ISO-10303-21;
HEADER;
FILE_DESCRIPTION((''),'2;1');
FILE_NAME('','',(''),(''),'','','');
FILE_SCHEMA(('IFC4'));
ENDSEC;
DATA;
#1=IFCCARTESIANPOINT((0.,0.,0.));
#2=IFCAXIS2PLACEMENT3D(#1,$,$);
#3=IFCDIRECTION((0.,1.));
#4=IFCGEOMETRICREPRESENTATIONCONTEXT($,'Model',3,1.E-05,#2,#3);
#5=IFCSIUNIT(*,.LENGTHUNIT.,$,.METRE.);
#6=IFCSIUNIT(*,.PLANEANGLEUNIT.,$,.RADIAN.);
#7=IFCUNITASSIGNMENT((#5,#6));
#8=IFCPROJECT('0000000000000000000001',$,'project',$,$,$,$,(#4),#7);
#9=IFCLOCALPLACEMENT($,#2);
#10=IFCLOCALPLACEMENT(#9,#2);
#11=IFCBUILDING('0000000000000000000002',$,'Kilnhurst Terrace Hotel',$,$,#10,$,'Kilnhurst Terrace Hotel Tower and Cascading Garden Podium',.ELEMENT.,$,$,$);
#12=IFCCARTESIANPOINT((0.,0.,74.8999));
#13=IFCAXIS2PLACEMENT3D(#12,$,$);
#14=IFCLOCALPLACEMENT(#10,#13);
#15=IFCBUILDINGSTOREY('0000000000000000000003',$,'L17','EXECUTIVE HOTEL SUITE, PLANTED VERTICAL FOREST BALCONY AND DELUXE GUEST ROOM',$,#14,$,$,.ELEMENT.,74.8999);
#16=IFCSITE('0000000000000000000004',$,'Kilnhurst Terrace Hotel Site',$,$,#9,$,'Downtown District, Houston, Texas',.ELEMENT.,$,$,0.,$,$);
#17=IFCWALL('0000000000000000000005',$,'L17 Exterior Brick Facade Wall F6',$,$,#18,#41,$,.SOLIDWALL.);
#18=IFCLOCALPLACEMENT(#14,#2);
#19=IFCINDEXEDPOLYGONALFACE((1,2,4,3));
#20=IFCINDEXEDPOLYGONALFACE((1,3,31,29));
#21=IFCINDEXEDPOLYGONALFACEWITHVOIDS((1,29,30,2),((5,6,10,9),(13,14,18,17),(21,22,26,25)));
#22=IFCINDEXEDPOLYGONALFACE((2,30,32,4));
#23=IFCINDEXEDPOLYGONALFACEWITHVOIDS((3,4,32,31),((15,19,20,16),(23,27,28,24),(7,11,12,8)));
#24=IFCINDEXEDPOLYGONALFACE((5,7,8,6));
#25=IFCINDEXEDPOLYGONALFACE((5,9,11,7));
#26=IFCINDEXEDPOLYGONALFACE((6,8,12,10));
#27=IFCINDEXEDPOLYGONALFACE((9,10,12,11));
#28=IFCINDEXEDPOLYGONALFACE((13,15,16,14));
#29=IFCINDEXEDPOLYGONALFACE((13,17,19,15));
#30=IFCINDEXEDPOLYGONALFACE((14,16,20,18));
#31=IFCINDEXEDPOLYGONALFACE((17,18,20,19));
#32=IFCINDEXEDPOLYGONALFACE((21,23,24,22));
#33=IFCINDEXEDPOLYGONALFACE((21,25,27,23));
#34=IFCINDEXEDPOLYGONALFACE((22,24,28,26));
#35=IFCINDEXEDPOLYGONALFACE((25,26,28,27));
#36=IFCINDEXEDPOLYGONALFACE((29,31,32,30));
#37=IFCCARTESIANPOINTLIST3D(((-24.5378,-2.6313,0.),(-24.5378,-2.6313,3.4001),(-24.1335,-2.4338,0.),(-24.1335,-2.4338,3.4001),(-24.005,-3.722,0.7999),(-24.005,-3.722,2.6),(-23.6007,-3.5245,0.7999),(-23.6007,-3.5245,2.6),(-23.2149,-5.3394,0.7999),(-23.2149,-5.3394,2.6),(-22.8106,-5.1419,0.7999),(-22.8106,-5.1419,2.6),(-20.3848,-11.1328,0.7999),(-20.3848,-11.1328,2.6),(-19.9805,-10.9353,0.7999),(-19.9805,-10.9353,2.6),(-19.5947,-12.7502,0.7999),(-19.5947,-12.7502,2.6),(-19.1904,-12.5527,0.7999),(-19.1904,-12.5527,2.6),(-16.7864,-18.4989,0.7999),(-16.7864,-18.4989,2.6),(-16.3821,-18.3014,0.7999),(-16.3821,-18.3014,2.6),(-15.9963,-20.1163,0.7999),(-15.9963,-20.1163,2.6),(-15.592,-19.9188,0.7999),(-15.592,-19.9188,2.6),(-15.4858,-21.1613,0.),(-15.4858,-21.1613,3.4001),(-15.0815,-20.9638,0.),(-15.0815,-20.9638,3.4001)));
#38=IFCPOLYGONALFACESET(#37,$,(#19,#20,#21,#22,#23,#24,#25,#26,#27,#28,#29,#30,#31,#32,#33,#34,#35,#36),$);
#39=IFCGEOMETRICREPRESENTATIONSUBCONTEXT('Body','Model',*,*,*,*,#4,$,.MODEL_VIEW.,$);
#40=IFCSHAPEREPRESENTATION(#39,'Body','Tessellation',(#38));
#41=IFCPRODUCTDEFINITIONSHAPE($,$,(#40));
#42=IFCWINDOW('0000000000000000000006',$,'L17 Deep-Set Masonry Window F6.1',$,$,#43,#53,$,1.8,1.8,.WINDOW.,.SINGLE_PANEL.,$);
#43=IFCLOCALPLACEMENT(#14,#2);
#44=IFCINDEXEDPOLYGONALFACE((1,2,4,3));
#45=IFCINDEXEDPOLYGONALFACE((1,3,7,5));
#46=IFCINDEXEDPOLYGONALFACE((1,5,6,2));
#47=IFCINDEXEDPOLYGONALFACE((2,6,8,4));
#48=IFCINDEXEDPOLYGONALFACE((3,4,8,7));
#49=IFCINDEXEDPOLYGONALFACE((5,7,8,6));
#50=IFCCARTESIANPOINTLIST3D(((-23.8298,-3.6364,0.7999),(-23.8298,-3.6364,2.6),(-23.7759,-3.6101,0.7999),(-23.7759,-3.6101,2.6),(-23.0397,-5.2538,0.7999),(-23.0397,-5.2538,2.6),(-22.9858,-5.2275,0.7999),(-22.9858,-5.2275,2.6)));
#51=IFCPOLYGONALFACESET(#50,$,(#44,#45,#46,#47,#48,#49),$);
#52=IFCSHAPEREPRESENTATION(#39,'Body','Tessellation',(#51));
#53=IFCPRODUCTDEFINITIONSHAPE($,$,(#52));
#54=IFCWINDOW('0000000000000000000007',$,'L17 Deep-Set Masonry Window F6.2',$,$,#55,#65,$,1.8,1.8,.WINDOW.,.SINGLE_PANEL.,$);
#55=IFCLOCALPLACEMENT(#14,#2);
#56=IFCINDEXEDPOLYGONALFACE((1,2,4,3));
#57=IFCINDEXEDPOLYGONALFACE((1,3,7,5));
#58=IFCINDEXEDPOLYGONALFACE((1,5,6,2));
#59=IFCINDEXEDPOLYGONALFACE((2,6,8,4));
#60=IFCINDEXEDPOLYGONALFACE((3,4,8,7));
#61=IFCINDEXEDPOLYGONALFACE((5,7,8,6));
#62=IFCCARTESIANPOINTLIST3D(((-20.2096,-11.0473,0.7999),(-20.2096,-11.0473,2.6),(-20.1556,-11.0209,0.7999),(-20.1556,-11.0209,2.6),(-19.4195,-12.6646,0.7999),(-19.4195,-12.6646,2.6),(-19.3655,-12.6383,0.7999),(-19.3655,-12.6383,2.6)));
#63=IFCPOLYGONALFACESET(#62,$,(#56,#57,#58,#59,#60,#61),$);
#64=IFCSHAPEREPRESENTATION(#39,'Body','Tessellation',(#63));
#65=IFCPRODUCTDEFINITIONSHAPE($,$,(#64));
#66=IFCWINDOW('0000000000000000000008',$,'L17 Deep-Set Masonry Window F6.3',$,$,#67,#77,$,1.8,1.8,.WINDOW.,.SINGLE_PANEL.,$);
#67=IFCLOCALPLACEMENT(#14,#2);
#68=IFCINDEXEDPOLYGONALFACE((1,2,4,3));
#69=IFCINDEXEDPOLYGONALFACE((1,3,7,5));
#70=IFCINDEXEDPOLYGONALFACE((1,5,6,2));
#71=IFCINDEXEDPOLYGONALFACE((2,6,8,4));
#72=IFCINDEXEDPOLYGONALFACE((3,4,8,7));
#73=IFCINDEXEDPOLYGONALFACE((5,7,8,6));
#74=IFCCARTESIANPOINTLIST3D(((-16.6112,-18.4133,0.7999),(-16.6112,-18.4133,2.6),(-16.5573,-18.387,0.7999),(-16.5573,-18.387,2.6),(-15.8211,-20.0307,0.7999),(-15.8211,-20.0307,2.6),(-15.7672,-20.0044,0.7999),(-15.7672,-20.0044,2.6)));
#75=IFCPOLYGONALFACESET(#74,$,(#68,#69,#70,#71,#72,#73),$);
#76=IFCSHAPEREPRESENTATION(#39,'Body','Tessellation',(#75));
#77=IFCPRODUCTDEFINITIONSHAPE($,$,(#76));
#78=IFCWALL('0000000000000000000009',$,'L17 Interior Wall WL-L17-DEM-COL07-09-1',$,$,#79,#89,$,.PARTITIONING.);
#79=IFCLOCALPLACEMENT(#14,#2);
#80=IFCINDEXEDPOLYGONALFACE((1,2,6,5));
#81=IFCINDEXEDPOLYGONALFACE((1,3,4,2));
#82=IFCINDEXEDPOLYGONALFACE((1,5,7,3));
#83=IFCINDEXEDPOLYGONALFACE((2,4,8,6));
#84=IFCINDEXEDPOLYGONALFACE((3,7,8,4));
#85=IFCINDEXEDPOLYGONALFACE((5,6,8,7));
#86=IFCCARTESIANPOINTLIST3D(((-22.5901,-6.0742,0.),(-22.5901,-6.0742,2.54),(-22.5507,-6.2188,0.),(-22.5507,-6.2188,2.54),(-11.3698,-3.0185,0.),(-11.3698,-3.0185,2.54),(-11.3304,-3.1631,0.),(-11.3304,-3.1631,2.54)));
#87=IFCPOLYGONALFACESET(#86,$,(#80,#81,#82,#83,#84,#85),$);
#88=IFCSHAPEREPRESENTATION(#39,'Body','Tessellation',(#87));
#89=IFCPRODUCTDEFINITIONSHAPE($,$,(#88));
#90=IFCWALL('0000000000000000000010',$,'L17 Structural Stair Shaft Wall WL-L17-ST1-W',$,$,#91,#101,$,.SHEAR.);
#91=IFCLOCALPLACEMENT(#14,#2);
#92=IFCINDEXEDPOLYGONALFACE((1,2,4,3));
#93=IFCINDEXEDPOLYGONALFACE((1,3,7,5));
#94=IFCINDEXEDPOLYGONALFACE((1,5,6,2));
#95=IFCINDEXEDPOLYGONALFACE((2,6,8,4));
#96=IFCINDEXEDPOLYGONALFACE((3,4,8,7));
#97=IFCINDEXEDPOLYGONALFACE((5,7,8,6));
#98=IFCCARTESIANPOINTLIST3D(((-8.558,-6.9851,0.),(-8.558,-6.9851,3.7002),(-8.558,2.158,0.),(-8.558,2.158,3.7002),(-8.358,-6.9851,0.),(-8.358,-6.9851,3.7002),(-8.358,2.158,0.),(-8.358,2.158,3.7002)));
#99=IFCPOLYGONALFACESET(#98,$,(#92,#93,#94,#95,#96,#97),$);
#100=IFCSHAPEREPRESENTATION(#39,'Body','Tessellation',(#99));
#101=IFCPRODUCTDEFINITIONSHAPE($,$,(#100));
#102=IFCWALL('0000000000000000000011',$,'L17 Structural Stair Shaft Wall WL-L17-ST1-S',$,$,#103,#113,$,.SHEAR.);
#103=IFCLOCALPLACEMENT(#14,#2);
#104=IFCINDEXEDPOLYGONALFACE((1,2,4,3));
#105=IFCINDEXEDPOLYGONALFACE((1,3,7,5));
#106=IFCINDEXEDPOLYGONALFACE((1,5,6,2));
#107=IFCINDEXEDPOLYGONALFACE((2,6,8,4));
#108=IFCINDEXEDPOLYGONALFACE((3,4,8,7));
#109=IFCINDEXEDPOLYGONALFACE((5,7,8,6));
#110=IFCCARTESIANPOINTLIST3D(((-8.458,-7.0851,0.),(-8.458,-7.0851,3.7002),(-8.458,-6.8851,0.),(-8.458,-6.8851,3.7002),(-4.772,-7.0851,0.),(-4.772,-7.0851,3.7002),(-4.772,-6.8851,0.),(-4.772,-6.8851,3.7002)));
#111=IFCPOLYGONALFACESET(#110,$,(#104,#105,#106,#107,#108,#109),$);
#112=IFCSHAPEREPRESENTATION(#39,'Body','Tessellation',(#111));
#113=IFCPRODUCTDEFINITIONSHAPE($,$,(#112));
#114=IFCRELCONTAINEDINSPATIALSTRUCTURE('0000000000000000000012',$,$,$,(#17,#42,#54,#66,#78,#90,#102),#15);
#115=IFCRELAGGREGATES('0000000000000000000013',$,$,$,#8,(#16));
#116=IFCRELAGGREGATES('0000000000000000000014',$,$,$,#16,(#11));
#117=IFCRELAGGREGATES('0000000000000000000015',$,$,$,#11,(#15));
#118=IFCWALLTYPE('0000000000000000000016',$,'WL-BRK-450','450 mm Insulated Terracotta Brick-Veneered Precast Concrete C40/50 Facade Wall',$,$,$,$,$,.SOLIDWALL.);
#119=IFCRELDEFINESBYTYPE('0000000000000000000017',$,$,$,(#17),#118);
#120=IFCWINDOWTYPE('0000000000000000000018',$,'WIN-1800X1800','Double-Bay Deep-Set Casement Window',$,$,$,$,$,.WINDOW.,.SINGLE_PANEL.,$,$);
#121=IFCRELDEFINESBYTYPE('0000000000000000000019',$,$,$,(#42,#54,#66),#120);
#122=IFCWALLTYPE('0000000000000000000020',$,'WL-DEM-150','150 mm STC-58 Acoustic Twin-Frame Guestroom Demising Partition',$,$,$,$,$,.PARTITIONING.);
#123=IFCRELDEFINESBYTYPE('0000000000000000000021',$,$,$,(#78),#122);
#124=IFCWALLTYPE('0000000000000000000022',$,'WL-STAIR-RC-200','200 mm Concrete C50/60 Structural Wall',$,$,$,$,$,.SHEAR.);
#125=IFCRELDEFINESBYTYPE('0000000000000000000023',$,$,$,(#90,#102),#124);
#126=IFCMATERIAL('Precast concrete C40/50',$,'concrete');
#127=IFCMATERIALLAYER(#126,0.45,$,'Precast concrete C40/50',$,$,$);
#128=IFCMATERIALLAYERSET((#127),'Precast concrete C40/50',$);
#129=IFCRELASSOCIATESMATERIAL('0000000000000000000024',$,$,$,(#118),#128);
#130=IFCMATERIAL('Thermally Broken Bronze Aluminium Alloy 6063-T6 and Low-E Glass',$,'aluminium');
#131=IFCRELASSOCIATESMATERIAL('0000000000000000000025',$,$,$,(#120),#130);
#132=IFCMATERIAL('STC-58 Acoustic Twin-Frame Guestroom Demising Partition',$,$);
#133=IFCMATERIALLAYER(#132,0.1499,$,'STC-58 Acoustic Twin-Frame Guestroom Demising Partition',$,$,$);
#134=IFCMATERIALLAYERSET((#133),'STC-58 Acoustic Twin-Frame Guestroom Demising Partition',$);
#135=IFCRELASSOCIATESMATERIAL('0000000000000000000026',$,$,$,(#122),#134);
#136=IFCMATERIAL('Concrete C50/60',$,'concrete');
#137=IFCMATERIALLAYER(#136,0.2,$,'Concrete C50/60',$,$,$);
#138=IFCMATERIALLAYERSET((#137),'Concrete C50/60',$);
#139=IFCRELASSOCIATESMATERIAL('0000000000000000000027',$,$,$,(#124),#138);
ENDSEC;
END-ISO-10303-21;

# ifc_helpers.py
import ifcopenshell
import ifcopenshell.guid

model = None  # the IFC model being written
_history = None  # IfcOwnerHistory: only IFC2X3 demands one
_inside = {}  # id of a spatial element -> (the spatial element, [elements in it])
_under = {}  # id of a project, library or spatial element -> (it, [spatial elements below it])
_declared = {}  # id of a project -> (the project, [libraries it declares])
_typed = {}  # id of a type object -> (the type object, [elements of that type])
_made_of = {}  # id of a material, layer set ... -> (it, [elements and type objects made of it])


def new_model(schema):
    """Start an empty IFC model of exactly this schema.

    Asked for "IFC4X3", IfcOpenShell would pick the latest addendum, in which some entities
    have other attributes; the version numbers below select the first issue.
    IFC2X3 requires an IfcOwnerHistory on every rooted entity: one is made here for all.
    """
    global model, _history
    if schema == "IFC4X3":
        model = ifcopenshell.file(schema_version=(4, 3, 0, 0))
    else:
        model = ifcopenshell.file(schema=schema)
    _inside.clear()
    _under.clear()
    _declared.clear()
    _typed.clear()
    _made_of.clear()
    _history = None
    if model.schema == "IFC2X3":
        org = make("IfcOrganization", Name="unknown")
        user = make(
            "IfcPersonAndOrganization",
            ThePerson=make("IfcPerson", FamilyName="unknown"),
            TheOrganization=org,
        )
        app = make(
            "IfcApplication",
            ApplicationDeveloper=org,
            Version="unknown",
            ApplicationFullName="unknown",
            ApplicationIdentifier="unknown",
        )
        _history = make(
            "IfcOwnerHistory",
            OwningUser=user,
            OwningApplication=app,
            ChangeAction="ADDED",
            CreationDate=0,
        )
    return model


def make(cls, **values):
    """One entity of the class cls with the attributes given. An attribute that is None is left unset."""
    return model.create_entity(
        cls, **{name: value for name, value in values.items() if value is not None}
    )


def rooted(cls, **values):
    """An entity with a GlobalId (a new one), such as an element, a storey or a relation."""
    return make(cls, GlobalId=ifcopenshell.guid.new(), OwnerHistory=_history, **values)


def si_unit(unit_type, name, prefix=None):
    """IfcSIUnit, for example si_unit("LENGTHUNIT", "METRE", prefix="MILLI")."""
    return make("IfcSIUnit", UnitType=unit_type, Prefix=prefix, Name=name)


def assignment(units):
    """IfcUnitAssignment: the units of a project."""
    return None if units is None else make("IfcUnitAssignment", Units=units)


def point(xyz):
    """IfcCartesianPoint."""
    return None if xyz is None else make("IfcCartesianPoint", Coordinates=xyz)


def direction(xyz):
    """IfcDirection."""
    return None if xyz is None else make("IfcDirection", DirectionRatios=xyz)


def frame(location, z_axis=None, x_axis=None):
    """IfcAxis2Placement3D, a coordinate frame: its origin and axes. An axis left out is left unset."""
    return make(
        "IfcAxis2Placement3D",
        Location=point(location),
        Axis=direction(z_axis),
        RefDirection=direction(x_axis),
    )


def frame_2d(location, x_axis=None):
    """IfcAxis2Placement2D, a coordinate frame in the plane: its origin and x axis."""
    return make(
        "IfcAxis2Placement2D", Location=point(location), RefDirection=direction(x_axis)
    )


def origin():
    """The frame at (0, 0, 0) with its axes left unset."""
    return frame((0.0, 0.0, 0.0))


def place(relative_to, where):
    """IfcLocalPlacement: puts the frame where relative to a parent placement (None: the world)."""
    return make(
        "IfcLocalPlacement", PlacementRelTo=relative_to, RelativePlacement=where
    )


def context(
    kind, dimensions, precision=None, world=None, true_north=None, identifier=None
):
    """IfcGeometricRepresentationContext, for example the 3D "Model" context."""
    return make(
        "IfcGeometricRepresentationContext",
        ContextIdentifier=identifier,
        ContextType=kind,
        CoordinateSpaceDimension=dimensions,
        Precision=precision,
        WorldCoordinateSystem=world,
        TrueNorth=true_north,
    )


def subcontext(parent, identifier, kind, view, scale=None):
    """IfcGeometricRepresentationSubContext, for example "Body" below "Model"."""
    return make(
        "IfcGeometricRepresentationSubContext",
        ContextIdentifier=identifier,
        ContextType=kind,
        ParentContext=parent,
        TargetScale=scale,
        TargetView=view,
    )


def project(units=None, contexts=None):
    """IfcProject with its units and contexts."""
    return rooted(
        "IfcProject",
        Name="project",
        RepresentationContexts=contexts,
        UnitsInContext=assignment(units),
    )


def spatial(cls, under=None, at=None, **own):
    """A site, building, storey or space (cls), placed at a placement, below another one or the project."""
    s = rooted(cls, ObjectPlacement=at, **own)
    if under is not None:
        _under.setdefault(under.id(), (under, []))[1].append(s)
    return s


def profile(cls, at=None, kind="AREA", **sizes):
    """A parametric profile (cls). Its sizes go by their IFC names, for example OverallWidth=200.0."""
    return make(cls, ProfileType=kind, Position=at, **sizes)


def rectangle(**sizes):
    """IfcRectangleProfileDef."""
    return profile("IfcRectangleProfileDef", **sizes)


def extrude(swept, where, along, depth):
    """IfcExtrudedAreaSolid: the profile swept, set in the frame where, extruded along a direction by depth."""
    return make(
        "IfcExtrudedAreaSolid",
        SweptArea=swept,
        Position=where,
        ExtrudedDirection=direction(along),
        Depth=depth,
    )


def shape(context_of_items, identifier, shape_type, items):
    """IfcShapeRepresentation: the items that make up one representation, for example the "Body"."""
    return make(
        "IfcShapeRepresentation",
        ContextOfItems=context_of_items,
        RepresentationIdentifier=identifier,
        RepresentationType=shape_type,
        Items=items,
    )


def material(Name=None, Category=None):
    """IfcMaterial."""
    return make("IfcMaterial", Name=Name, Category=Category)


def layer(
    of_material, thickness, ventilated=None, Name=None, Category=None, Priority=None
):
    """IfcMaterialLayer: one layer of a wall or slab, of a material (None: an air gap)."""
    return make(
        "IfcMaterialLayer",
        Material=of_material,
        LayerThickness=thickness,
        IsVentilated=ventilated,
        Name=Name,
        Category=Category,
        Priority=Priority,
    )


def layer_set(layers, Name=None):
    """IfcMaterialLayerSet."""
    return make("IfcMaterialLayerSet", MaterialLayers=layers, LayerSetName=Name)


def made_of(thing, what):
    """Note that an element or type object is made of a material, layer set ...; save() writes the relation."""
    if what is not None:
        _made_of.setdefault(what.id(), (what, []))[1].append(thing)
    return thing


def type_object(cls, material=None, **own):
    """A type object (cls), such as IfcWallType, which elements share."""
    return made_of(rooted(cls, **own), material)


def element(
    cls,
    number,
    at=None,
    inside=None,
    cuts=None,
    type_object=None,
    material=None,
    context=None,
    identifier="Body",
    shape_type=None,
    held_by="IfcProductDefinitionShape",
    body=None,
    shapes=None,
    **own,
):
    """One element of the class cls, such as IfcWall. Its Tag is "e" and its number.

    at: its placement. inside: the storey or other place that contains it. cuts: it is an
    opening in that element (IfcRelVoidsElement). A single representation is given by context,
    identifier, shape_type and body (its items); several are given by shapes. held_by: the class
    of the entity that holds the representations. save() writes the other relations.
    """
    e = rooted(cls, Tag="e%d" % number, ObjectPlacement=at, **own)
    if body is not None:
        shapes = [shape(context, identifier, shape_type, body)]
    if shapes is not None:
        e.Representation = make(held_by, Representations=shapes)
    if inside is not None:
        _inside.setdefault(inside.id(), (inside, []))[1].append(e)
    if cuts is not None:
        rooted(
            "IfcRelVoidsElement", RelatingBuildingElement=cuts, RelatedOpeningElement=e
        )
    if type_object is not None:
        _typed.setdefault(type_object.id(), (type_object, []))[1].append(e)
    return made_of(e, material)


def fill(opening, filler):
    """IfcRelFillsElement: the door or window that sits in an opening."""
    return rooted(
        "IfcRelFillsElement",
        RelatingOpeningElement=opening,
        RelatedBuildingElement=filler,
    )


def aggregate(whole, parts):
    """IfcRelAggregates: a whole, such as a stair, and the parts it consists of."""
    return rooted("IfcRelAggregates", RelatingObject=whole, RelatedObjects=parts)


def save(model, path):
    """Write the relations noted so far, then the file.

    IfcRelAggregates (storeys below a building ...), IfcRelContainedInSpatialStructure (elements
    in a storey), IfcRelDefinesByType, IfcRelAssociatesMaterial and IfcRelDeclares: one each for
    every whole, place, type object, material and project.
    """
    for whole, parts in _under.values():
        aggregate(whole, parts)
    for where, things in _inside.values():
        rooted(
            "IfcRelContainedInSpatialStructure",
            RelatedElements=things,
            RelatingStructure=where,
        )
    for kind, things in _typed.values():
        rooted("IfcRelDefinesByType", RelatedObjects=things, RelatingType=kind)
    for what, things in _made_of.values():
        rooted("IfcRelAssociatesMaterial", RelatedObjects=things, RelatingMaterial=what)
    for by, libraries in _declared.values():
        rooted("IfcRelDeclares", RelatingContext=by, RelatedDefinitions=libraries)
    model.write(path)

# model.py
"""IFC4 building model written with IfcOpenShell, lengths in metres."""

from ifc_helpers import new_model, si_unit, direction, frame, frame_2d, origin, place, context, subcontext, project, spatial, rectangle, extrude, material, layer, layer_set, type_object, element, fill, save


model = new_model("IFC4")

# Units and contexts
model_context = context("Model", 3, precision=1e-05, world=origin(), true_north=direction((0.0, 1.0)))
body_context = subcontext(model_context, "Body", "Model", "MODEL_VIEW")
ifc_project = project(units=[si_unit("LENGTHUNIT", "METRE"), si_unit("PLANEANGLEUNIT", "RADIAN")], contexts=[model_context])

# Site, building, storey
site_placement = place(None, origin())
site = spatial("IfcSite", under=ifc_project, at=site_placement, Name="Kilnhurst Terrace Hotel Site", LongName="Downtown District, Houston, Texas", CompositionType="ELEMENT", RefElevation=0.0)
building_placement = place(site_placement, origin())
building = spatial("IfcBuilding", under=site, at=building_placement, Name="Kilnhurst Terrace Hotel", LongName="Kilnhurst Terrace Hotel Tower and Cascading Garden Podium", CompositionType="ELEMENT")
storey_placement = place(building_placement, frame((0.0, 0.0, 74.8999)))
storey = spatial("IfcBuildingStorey", under=building, at=storey_placement, Name="L17", Description="EXECUTIVE HOTEL SUITE, PLANTED VERTICAL FOREST BALCONY AND DELUXE GUEST ROOM", CompositionType="ELEMENT", Elevation=74.8999)

# Shared definitions
ifc_material_1 = material(Name="Concrete C50/60", Category="concrete")

# Shared definitions
ifc_material_2 = material(Name="Precast concrete C40/50", Category="concrete")
ifc_layer_1 = layer(ifc_material_2, 0.45, Name="Precast concrete C40/50")
ifc_layer_set_1 = layer_set([ifc_layer_1], Name="Precast concrete C40/50")
wall_type_1 = type_object("IfcWallType", Name="WL-BRK-450", Description="450 mm Insulated Terracotta Brick-Veneered Precast Concrete C40/50 Facade Wall", PredefinedType="SOLIDWALL", material=ifc_layer_set_1)

# Wall, openings, windows
wall_1_placement = place(storey_placement, frame((-24.3357, -2.5325, 0.0), z_axis=(0.0, 0.0, 1.0), x_axis=(0.438931, -0.898521, 0.0)))
wall_1 = element("IfcWall", 1, at=wall_1_placement, inside=storey, type_object=wall_type_1, Name="L17 Exterior Brick Facade Wall F6", PredefinedType="SOLIDWALL", context=body_context, shape_type="SweptSolid", body=[
    extrude(rectangle(XDim=20.6228, YDim=0.45, at=frame_2d((10.3115, 0.0))), origin(), (0.0, 0.0, 1.0), 3.4001),
])
opening_1_placement = place(wall_1_placement, frame((1.2141, 0.0, 0.8)))
opening_1 = element("IfcOpeningElement", 2, at=opening_1_placement, cuts=wall_1, PredefinedType="OPENING", context=body_context, shape_type="SweptSolid", body=[
    extrude(rectangle(XDim=1.8, YDim=1.8, at=frame_2d((0.8999, 0.8999))), frame((0.0, 0.2349, 0.0), z_axis=(0.0, -1.0, 0.0), x_axis=(1.0, 0.0, 0.0)), (0.0, 0.0, 1.0), 0.47),
])
opening_2_placement = place(wall_1_placement, frame((9.4619, 0.0, 0.8)))
opening_2 = element("IfcOpeningElement", 3, at=opening_2_placement, cuts=wall_1, PredefinedType="OPENING", context=body_context, shape_type="SweptSolid", body=[
    extrude(rectangle(XDim=1.8, YDim=1.8, at=frame_2d((0.8999, 0.8999))), frame((0.0, 0.2349, 0.0), z_axis=(0.0, -1.0, 0.0), x_axis=(1.0, 0.0, 0.0)), (0.0, 0.0, 1.0), 0.47),
])
opening_3_placement = place(wall_1_placement, frame((17.6599, 0.0, 0.8)))
opening_3 = element("IfcOpeningElement", 4, at=opening_3_placement, cuts=wall_1, PredefinedType="OPENING", context=body_context, shape_type="SweptSolid", body=[
    extrude(rectangle(XDim=1.8, YDim=1.8, at=frame_2d((0.8999, 0.8999))), frame((0.0, 0.2349, 0.0), z_axis=(0.0, -1.0, 0.0), x_axis=(1.0, 0.0, 0.0)), (0.0, 0.0, 1.0), 0.47),
])
ifc_material_3 = material(Name="Thermally Broken Bronze Aluminium Alloy 6063-T6 and Low-E Glass", Category="aluminium")
window_type = type_object("IfcWindowType", Name="WIN-1800X1800", Description="Double-Bay Deep-Set Casement Window", PartitioningType="SINGLE_PANEL", PredefinedType="WINDOW", material=ifc_material_3)
window_1_placement = place(opening_1_placement, origin())
window_1 = element("IfcWindow", 5, at=window_1_placement, inside=storey, type_object=window_type, Name="L17 Deep-Set Masonry Window F6.1", OverallHeight=1.8, OverallWidth=1.8, PartitioningType="SINGLE_PANEL", PredefinedType="WINDOW", context=body_context, shape_type="SweptSolid", body=[
    extrude(rectangle(XDim=1.8, YDim=1.8, at=frame_2d((0.8999, 0.8999))), frame((0.0, 0.03, 0.0), z_axis=(0.0, -1.0, 0.0), x_axis=(1.0, 0.0, 0.0)), (0.0, 0.0, 1.0), 0.0601),
])
fill(opening_1, window_1)
window_2_placement = place(opening_2_placement, origin())
window_2 = element("IfcWindow", 6, at=window_2_placement, inside=storey, type_object=window_type, Name="L17 Deep-Set Masonry Window F6.2", OverallHeight=1.8, OverallWidth=1.8, PartitioningType="SINGLE_PANEL", PredefinedType="WINDOW", context=body_context, shape_type="SweptSolid", body=[
    extrude(rectangle(XDim=1.8, YDim=1.8, at=frame_2d((0.8999, 0.8999))), frame((0.0, 0.03, 0.0), z_axis=(0.0, -1.0, 0.0), x_axis=(1.0, 0.0, 0.0)), (0.0, 0.0, 1.0), 0.0601),
])
fill(opening_2, window_2)
window_3_placement = place(opening_3_placement, origin())
window_3 = element("IfcWindow", 7, at=window_3_placement, inside=storey, type_object=window_type, Name="L17 Deep-Set Masonry Window F6.3", OverallHeight=1.8, OverallWidth=1.8, PartitioningType="SINGLE_PANEL", PredefinedType="WINDOW", context=body_context, shape_type="SweptSolid", body=[
    extrude(rectangle(XDim=1.8, YDim=1.8, at=frame_2d((0.8999, 0.8999))), frame((0.0, 0.03, 0.0), z_axis=(0.0, -1.0, 0.0), x_axis=(1.0, 0.0, 0.0)), (0.0, 0.0, 1.0), 0.0601),
])
fill(opening_3, window_3)

# Walls
ifc_material_4 = material(Name="STC-58 Acoustic Twin-Frame Guestroom Demising Partition")
ifc_layer_2 = layer(ifc_material_4, 0.1499, Name="STC-58 Acoustic Twin-Frame Guestroom Demising Partition")
ifc_layer_set_2 = layer_set([ifc_layer_2], Name="STC-58 Acoustic Twin-Frame Guestroom Demising Partition")
wall_type_2 = type_object("IfcWallType", Name="WL-DEM-150", Description="150 mm STC-58 Acoustic Twin-Frame Guestroom Demising Partition", PredefinedType="PARTITIONING", material=ifc_layer_set_2)
wall_2_placement = place(storey_placement, frame((-11.3501, -3.0908, 0.0), z_axis=(0.0, 0.0, 1.0), x_axis=(-0.96486, -0.262766, 0.0)))
element("IfcWall", 8, at=wall_2_placement, inside=storey, type_object=wall_type_2, Name="L17 Interior Wall WL-L17-DEM-COL07-09-1", PredefinedType="PARTITIONING", context=body_context, shape_type="SweptSolid", body=[
    extrude(rectangle(XDim=11.6289, YDim=0.1499, at=frame_2d((5.8145, 0.0))), origin(), (0.0, 0.0, 1.0), 2.54),
])
ifc_layer_3 = layer(ifc_material_1, 0.2, Name="Concrete C50/60")
ifc_layer_set_3 = layer_set([ifc_layer_3], Name="Concrete C50/60")
wall_type_3 = type_object("IfcWallType", Name="WL-STAIR-RC-200", Description="200 mm Concrete C50/60 Structural Wall", PredefinedType="SHEAR", material=ifc_layer_set_3)
wall_3_placement = place(storey_placement, frame((-8.458, -6.9851, 0.0), z_axis=(0.0, 0.0, 1.0), x_axis=(0.0, 1.0, 0.0)))
element("IfcWall", 9, at=wall_3_placement, inside=storey, type_object=wall_type_3, Name="L17 Structural Stair Shaft Wall WL-L17-ST1-W", PredefinedType="SHEAR", context=body_context, shape_type="SweptSolid", body=[
    extrude(rectangle(XDim=9.1431, YDim=0.2, at=frame_2d((4.5715, 0.0))), origin(), (0.0, 0.0, 1.0), 3.7002),
])
wall_4_placement = place(storey_placement, frame((-8.458, -6.9851, 0.0), z_axis=(0.0, 0.0, 1.0), x_axis=(1.0, 0.0, 0.0)))
element("IfcWall", 10, at=wall_4_placement, inside=storey, type_object=wall_type_3, Name="L17 Structural Stair Shaft Wall WL-L17-ST1-S", PredefinedType="SHEAR", context=body_context, shape_type="SweptSolid", body=[
    extrude(rectangle(XDim=3.686, YDim=0.2, at=frame_2d((1.843, 0.0))), origin(), (0.0, 0.0, 1.0), 3.7002),
])

save(model, "model.ifc")
